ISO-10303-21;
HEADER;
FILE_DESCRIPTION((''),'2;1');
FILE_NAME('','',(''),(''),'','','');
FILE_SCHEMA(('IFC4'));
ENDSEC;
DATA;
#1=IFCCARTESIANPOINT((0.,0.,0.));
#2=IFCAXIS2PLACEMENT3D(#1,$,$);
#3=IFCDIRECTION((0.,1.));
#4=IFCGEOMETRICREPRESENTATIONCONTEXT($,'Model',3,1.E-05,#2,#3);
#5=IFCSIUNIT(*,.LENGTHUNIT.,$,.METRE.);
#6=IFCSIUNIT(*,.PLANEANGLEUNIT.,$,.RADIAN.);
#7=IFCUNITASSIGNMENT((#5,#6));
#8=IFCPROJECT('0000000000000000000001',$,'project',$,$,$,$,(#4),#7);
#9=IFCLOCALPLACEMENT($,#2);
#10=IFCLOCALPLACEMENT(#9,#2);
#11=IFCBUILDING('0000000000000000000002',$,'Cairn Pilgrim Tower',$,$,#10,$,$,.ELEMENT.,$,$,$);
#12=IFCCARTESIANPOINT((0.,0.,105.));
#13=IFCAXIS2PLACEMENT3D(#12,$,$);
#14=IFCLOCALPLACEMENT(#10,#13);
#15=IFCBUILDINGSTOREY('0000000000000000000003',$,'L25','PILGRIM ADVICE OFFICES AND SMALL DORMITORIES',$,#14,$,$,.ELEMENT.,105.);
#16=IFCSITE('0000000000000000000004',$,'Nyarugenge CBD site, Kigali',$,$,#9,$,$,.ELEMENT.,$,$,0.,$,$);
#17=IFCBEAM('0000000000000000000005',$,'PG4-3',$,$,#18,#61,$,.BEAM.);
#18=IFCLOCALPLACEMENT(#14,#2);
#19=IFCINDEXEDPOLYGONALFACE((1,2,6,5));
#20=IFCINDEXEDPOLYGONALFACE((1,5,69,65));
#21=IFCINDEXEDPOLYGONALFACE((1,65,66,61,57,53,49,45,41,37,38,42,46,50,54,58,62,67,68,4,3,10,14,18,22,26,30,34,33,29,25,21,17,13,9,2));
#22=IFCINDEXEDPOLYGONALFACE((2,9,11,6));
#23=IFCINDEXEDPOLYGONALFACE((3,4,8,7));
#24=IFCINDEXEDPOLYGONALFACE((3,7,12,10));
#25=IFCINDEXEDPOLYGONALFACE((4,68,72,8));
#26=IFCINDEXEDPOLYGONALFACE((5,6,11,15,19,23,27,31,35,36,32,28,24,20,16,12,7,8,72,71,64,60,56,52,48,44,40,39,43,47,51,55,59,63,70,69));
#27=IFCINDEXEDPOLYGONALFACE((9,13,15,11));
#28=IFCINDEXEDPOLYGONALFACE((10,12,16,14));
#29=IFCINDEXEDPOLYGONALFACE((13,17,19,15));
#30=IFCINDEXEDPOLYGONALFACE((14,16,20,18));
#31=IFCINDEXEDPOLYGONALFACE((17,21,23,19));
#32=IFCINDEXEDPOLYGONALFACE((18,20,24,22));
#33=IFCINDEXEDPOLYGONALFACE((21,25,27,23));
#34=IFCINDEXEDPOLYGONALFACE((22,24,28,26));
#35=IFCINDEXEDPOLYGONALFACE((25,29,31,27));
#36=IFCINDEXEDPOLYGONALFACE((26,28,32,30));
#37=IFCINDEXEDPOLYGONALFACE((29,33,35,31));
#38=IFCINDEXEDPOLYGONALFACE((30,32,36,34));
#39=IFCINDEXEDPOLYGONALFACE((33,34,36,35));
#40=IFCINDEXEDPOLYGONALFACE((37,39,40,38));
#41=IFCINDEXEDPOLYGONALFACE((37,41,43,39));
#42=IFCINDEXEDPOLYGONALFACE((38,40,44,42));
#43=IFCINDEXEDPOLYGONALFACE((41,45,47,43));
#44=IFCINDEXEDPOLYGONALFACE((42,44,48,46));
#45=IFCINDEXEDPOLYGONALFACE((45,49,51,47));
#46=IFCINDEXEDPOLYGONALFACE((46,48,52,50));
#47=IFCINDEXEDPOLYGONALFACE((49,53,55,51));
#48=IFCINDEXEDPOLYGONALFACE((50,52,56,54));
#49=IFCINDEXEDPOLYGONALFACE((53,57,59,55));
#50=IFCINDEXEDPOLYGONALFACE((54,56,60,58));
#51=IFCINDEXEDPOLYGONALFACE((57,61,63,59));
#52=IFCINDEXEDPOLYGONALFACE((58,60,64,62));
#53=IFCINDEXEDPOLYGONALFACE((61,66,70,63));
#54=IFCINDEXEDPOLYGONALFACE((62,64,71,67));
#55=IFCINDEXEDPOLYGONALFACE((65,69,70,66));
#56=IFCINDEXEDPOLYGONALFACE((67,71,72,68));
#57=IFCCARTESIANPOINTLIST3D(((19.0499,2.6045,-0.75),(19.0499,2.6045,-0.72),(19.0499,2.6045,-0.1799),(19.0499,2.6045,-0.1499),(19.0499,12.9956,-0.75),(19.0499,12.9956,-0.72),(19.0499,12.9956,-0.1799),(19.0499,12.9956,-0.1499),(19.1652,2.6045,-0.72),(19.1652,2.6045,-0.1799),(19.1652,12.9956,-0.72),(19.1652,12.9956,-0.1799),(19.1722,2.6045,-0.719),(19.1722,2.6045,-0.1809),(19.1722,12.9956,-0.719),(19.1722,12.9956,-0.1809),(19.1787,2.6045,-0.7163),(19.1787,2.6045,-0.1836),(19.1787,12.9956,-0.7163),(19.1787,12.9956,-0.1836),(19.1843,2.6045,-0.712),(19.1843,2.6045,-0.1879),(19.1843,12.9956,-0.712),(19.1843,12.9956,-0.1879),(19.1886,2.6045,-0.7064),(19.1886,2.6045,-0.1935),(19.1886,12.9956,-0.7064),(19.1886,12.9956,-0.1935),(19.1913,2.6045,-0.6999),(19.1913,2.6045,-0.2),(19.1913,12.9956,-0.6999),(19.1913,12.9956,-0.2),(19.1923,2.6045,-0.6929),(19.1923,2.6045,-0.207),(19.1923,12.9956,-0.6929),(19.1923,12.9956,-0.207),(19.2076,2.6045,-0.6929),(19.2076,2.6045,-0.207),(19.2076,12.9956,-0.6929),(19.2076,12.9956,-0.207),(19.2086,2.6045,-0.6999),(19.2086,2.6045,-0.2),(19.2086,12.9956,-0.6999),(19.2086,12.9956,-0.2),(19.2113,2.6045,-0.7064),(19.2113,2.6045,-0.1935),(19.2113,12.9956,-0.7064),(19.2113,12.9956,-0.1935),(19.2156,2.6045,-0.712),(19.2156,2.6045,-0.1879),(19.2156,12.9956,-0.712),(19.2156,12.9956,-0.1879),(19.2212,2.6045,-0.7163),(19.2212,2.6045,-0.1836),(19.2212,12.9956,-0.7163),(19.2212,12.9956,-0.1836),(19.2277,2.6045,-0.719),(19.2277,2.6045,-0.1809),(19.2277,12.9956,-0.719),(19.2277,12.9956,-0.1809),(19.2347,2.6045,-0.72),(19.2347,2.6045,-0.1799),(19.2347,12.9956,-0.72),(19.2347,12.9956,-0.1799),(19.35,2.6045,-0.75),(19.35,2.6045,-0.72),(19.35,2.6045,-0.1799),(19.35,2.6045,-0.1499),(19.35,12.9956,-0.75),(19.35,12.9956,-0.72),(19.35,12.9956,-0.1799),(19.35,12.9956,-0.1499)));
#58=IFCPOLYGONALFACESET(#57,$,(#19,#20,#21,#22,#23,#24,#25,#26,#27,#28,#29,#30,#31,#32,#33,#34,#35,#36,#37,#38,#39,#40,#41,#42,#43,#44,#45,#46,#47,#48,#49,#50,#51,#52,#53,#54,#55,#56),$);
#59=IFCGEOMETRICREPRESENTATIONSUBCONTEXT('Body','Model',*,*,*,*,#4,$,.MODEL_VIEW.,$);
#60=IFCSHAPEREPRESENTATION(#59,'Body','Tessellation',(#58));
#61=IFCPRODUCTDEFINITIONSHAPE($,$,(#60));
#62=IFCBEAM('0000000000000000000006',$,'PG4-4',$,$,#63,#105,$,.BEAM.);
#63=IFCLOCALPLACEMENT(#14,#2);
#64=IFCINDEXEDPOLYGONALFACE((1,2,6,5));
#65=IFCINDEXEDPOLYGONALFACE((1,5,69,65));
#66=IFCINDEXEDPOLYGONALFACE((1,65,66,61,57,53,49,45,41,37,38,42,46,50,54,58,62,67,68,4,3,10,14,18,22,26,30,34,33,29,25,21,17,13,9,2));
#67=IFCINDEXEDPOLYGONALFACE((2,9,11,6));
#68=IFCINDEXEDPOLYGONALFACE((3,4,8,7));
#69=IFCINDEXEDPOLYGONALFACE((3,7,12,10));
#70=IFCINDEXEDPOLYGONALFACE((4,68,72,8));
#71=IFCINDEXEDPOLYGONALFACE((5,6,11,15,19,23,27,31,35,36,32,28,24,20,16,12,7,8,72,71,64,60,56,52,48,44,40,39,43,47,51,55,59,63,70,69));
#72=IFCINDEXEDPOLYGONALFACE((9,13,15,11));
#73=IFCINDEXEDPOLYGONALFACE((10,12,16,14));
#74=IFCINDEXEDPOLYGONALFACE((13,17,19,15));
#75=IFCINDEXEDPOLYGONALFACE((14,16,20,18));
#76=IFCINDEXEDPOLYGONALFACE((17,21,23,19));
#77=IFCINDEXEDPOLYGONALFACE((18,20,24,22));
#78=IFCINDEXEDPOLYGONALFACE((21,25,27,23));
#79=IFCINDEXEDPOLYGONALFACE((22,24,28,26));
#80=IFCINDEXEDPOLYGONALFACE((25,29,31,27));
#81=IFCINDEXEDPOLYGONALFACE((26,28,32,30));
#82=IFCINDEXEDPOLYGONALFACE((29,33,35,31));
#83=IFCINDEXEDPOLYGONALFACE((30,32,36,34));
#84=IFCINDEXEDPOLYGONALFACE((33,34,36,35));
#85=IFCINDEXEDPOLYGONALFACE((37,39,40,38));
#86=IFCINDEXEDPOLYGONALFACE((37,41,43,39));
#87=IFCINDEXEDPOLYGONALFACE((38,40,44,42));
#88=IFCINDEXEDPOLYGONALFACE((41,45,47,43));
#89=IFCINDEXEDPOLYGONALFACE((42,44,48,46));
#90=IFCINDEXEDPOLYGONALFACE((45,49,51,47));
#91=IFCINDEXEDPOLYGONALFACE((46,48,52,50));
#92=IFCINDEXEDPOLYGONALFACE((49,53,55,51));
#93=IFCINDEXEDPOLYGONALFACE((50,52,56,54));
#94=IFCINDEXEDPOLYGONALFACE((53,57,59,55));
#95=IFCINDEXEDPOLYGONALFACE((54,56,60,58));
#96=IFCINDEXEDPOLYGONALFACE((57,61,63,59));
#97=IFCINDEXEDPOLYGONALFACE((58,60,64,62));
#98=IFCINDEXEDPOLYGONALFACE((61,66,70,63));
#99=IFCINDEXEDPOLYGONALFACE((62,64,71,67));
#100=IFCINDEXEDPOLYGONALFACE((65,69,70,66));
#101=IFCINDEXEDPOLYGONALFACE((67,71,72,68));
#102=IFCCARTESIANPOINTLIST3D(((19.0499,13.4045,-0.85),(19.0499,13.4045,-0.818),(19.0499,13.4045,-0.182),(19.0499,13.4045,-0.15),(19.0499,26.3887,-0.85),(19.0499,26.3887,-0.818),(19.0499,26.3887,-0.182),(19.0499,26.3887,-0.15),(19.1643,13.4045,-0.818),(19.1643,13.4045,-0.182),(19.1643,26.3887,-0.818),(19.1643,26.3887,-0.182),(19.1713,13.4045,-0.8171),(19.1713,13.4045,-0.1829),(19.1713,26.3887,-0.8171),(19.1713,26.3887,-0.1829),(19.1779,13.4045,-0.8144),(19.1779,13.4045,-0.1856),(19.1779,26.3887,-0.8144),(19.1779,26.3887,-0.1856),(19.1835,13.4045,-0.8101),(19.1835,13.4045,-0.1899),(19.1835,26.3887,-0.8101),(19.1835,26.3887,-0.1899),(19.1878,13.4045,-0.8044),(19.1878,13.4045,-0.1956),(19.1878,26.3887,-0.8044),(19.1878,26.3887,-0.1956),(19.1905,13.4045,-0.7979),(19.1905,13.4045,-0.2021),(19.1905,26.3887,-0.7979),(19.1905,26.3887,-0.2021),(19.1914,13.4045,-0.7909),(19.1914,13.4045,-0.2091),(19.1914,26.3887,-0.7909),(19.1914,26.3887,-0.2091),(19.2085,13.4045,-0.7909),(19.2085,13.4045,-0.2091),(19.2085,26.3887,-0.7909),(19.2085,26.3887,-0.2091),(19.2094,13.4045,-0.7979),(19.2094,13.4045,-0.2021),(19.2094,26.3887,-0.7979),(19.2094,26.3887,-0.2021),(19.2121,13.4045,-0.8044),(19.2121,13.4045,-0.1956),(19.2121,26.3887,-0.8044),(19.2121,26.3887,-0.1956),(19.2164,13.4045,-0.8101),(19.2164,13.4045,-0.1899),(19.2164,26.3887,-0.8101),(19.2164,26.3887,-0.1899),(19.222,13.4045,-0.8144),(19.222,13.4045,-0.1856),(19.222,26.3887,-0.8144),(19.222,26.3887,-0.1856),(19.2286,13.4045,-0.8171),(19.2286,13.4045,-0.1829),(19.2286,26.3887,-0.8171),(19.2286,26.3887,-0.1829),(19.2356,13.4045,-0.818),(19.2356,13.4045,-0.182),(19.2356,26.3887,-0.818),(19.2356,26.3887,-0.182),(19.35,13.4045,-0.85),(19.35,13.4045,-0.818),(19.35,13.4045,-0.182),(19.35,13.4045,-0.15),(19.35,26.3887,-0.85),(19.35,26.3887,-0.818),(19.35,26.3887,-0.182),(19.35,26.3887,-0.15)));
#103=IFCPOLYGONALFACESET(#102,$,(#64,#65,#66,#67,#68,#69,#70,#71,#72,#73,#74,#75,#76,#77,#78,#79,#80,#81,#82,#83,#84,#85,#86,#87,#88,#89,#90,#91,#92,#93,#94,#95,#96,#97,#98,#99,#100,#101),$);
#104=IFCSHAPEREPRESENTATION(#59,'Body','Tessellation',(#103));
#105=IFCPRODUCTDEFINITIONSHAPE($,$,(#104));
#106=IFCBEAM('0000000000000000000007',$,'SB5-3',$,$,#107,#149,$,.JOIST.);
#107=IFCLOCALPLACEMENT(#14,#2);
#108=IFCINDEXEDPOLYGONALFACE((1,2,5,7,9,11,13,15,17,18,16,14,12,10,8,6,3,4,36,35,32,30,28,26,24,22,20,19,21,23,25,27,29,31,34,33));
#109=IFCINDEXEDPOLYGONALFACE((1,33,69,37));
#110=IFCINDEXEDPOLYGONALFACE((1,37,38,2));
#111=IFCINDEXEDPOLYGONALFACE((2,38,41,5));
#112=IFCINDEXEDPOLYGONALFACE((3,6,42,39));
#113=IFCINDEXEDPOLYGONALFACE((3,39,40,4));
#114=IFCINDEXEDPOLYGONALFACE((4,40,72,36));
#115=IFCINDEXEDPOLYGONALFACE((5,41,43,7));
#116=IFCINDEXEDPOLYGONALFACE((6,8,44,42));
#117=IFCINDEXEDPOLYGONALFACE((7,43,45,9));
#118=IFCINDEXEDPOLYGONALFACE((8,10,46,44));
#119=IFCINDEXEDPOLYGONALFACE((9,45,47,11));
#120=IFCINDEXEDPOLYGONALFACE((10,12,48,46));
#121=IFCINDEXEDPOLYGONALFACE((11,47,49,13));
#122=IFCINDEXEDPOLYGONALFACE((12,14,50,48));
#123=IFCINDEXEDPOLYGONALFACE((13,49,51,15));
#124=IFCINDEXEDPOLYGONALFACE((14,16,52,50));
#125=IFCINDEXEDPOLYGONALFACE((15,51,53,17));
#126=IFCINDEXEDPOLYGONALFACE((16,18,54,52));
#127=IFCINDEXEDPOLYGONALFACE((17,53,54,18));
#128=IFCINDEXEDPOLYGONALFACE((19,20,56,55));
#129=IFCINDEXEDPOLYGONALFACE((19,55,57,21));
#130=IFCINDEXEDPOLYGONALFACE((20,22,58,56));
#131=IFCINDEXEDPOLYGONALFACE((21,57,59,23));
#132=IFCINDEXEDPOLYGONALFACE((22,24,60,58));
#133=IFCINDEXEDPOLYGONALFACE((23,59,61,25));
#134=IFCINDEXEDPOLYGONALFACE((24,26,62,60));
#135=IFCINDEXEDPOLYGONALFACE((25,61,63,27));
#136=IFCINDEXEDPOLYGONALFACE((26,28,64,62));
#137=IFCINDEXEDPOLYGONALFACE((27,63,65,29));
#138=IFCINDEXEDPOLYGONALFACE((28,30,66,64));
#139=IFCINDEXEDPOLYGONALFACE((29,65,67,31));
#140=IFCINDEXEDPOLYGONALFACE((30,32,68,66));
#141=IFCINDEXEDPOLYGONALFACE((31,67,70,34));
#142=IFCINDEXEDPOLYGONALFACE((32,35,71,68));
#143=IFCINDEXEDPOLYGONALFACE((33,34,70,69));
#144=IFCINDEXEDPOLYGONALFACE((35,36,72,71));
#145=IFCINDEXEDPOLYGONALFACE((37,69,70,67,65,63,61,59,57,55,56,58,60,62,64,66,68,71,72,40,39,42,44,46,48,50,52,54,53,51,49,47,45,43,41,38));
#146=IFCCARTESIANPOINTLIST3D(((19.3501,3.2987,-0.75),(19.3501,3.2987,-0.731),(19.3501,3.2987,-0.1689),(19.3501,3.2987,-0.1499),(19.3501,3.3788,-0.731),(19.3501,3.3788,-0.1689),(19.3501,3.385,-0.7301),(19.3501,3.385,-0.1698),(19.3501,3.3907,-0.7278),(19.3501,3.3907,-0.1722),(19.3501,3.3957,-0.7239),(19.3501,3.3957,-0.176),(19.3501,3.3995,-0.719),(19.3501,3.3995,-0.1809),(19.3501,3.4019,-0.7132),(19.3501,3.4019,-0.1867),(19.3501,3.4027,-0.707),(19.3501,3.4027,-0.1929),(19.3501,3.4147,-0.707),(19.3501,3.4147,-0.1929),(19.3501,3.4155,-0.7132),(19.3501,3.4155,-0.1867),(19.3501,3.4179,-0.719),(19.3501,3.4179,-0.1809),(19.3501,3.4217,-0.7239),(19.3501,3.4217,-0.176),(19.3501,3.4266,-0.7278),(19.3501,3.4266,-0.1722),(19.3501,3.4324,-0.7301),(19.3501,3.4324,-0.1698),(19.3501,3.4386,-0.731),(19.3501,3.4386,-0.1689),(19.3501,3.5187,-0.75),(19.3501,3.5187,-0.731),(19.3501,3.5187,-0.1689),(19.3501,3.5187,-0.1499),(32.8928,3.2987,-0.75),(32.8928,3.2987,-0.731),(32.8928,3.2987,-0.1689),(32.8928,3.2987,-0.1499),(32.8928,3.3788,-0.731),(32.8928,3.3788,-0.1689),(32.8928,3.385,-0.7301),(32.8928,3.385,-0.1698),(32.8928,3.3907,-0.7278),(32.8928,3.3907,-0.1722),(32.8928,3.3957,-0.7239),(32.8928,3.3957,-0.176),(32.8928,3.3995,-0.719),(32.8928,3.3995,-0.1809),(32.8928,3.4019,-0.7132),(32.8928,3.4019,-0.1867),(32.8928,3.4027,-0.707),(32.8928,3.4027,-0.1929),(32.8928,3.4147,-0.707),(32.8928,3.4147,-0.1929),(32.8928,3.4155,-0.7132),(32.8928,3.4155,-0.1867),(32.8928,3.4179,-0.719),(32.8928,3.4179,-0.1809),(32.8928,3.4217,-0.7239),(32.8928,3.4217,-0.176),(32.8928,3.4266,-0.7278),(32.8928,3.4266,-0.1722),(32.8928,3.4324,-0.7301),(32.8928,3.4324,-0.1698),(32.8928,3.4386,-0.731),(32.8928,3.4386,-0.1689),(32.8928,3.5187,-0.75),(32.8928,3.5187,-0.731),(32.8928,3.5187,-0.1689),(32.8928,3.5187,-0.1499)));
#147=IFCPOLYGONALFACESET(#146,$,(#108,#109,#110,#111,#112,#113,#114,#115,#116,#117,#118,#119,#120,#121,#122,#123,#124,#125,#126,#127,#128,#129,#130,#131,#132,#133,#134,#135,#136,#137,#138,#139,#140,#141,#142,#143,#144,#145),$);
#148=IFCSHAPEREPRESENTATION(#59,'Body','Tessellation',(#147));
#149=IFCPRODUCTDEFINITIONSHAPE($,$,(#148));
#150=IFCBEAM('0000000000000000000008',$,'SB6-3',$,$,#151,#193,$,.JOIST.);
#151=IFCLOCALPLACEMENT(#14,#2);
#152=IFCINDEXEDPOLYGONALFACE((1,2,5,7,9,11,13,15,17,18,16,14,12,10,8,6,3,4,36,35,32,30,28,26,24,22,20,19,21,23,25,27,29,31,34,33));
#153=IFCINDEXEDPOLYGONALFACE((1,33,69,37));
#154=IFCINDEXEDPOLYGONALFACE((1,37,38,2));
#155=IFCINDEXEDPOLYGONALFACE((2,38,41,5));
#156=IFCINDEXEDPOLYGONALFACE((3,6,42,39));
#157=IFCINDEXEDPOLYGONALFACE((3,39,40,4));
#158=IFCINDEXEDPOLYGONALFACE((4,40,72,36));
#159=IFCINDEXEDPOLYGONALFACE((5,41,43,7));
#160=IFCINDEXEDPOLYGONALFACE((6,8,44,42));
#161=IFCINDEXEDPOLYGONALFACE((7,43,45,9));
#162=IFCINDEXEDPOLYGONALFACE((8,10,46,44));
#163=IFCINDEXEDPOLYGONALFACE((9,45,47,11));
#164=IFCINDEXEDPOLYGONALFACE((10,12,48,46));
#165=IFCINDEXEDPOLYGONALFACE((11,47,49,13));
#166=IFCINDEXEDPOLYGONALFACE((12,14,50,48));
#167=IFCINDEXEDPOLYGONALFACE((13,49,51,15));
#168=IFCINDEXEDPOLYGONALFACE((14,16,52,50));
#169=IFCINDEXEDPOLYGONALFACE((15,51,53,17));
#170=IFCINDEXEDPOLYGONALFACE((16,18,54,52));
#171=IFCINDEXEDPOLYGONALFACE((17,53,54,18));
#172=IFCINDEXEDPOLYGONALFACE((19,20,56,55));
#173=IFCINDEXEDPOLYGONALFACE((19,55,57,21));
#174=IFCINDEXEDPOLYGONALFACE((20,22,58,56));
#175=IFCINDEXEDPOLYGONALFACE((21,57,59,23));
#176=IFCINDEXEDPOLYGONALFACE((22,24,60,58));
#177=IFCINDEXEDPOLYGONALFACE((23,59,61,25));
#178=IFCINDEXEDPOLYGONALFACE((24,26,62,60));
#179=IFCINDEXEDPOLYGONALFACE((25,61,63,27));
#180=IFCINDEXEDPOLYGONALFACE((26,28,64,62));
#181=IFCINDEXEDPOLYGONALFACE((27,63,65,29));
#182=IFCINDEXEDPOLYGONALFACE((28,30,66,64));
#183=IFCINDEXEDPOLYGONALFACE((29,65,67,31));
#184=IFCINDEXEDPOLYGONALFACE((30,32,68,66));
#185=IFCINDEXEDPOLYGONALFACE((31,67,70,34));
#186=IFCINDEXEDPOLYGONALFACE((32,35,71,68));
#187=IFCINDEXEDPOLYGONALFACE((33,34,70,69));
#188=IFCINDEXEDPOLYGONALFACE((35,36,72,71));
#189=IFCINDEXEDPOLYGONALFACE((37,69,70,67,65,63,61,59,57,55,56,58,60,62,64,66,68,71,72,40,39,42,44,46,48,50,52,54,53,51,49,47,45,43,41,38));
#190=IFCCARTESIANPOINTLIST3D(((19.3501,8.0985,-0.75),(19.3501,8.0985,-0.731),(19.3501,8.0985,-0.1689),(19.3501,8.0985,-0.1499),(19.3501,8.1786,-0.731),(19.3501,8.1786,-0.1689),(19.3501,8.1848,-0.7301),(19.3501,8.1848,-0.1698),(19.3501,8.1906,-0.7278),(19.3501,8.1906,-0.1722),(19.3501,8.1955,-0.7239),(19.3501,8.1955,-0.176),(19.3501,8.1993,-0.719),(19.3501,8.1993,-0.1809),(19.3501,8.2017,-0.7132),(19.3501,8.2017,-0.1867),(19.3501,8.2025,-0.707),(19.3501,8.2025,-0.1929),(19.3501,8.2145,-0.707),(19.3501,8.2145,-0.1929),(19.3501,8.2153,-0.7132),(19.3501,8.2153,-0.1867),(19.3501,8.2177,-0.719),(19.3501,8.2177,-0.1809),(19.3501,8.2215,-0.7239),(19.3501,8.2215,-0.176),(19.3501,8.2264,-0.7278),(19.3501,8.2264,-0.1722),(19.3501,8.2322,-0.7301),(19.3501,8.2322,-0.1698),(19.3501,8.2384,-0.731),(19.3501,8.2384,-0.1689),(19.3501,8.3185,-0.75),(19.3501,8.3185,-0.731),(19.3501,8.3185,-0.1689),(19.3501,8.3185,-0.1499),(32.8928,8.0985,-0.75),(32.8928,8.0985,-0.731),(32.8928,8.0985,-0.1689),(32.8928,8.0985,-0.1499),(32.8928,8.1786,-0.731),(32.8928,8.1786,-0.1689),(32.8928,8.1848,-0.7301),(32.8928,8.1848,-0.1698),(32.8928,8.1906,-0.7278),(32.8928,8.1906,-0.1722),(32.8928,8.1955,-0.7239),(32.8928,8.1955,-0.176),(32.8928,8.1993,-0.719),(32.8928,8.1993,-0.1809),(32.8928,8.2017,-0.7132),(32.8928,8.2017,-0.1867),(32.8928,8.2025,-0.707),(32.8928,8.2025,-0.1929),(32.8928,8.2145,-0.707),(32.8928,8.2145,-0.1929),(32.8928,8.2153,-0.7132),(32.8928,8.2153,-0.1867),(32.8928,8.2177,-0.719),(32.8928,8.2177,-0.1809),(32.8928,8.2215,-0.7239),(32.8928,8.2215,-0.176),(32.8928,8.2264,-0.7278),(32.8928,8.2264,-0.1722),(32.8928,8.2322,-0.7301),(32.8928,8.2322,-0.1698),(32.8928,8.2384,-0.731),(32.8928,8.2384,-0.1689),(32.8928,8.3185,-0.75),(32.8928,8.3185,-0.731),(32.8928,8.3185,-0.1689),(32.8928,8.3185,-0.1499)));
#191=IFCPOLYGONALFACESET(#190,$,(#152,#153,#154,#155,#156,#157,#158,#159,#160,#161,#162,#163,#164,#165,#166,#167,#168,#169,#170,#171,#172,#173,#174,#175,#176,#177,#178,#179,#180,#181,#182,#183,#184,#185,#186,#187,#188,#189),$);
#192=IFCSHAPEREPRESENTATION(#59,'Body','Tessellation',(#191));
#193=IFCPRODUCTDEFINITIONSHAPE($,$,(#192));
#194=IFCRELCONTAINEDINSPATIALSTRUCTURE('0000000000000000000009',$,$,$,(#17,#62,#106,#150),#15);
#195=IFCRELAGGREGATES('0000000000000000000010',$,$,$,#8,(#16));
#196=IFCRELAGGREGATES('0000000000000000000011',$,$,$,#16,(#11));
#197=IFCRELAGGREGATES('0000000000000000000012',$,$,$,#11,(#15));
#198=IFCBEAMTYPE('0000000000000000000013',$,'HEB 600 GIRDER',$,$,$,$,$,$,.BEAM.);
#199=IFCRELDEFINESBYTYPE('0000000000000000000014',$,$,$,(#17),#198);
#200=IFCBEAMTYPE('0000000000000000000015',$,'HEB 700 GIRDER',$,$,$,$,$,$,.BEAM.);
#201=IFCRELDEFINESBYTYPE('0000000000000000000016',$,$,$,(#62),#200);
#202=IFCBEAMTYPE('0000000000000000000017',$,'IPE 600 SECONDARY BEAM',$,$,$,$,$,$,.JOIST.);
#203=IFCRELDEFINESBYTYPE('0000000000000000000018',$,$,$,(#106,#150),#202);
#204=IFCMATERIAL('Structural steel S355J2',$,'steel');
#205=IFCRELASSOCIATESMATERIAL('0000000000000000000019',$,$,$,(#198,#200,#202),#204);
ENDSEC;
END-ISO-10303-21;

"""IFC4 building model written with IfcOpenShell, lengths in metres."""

from ifc_helpers import new_model, si_unit, direction, frame, origin, origin_2d, place, context, subcontext, project, spatial, i_section, extrude, material, material_profile, profile_set, type_object, element, save


model = new_model("IFC4")

# Units and contexts
model_context = context("Model", 3, precision=1e-05, world=origin(), true_north=direction((0.0, 1.0)))
body_context = subcontext(model_context, "Body", "Model", "MODEL_VIEW")
ifc_project = project(units=[si_unit("LENGTHUNIT", "METRE"), si_unit("PLANEANGLEUNIT", "RADIAN")], contexts=[model_context])

# Site, building, storey
site_placement = place(None, origin())
site = spatial("IfcSite", under=ifc_project, at=site_placement, Name="Nyarugenge CBD site, Kigali", CompositionType="ELEMENT", RefElevation=0.0)
building_placement = place(site_placement, origin())
building = spatial("IfcBuilding", under=site, at=building_placement, Name="Cairn Pilgrim Tower", CompositionType="ELEMENT")
storey_placement = place(building_placement, frame((0.0, 0.0, 105.0)))
storey = spatial("IfcBuildingStorey", under=building, at=storey_placement, Name="L25", Description="PILGRIM ADVICE OFFICES AND SMALL DORMITORIES", CompositionType="ELEMENT", Elevation=105.0)

# Beams
ifc_material_1 = material(Name="Structural steel S355J2", Category="steel")
ifc_material_profile_1 = material_profile(ifc_material_1, i_section(OverallWidth=0.3, OverallDepth=0.6001, WebThickness=0.0154, FlangeThickness=0.03, FilletRadius=0.0271, at=origin_2d()), Name="HEB 600")
ifc_profile_set_1 = profile_set([ifc_material_profile_1], Name="Structural steel S355J2")
beam_type_1 = type_object("IfcBeamType", Name="HEB 600 GIRDER", PredefinedType="BEAM", material=ifc_profile_set_1)
beam_1_placement = place(storey_placement, frame((19.2, 2.6045, -0.45), z_axis=(0.0, 1.0, 0.0), x_axis=(-1.0, 0.0, 0.0)))
element("IfcBeam", 1, at=beam_1_placement, inside=storey, type_object=beam_type_1, Name="PG4-3", PredefinedType="BEAM", context=body_context, shape_type="SweptSolid", body=[
    extrude(i_section(OverallWidth=0.3, OverallDepth=0.6001, WebThickness=0.0154, FlangeThickness=0.03, FilletRadius=0.0271, at=origin_2d()), origin(), (0.0, 0.0, 1.0), 10.3911),
])
ifc_material_profile_2 = material_profile(ifc_material_1, i_section(OverallWidth=0.3, OverallDepth=0.7, WebThickness=0.0171, FlangeThickness=0.032, FilletRadius=0.0271, at=origin_2d()), Name="HEB 700")
ifc_profile_set_2 = profile_set([ifc_material_profile_2], Name="Structural steel S355J2")
beam_type_2 = type_object("IfcBeamType", Name="HEB 700 GIRDER", PredefinedType="BEAM", material=ifc_profile_set_2)
beam_2_placement = place(storey_placement, frame((19.2, 13.4045, -0.5), z_axis=(0.0, 1.0, 0.0), x_axis=(-1.0, 0.0, 0.0)))
element("IfcBeam", 2, at=beam_2_placement, inside=storey, type_object=beam_type_2, Name="PG4-4", PredefinedType="BEAM", context=body_context, shape_type="SweptSolid", body=[
    extrude(i_section(OverallWidth=0.3, OverallDepth=0.7, WebThickness=0.0171, FlangeThickness=0.032, FilletRadius=0.0271, at=origin_2d()), origin(), (0.0, 0.0, 1.0), 12.9841),
])
ifc_material_profile_3 = material_profile(ifc_material_1, i_section(OverallWidth=0.22, OverallDepth=0.6001, WebThickness=0.012, FlangeThickness=0.019, FilletRadius=0.0239, at=origin_2d()), Name="IPE 600")
ifc_profile_set_3 = profile_set([ifc_material_profile_3], Name="Structural steel S355J2")
beam_type_3 = type_object("IfcBeamType", Name="IPE 600 SECONDARY BEAM", PredefinedType="JOIST", material=ifc_profile_set_3)
for number, where, z_axis, x_axis, name in (
    (3, (19.3501, 3.4087, -0.45), (1.0, 0.0, 0.0), (0.0, 1.0, 0.0), "SB5-3"),
    (4, (19.3501, 8.2085, -0.45), (1.0, 0.0, 0.0), (0.0, 1.0, 0.0), "SB6-3"),
):
    element("IfcBeam", number, at=place(storey_placement, frame(where, z_axis=z_axis, x_axis=x_axis)), inside=storey, type_object=beam_type_3, Name=name, PredefinedType="JOIST", context=body_context, shape_type="SweptSolid", body=[
        extrude(i_section(OverallWidth=0.22, OverallDepth=0.6001, WebThickness=0.012, FlangeThickness=0.019, FilletRadius=0.0239, at=origin_2d()), origin(), (0.0, 0.0, 1.0), 13.5427),
    ])

save(model, "model.ifc")
